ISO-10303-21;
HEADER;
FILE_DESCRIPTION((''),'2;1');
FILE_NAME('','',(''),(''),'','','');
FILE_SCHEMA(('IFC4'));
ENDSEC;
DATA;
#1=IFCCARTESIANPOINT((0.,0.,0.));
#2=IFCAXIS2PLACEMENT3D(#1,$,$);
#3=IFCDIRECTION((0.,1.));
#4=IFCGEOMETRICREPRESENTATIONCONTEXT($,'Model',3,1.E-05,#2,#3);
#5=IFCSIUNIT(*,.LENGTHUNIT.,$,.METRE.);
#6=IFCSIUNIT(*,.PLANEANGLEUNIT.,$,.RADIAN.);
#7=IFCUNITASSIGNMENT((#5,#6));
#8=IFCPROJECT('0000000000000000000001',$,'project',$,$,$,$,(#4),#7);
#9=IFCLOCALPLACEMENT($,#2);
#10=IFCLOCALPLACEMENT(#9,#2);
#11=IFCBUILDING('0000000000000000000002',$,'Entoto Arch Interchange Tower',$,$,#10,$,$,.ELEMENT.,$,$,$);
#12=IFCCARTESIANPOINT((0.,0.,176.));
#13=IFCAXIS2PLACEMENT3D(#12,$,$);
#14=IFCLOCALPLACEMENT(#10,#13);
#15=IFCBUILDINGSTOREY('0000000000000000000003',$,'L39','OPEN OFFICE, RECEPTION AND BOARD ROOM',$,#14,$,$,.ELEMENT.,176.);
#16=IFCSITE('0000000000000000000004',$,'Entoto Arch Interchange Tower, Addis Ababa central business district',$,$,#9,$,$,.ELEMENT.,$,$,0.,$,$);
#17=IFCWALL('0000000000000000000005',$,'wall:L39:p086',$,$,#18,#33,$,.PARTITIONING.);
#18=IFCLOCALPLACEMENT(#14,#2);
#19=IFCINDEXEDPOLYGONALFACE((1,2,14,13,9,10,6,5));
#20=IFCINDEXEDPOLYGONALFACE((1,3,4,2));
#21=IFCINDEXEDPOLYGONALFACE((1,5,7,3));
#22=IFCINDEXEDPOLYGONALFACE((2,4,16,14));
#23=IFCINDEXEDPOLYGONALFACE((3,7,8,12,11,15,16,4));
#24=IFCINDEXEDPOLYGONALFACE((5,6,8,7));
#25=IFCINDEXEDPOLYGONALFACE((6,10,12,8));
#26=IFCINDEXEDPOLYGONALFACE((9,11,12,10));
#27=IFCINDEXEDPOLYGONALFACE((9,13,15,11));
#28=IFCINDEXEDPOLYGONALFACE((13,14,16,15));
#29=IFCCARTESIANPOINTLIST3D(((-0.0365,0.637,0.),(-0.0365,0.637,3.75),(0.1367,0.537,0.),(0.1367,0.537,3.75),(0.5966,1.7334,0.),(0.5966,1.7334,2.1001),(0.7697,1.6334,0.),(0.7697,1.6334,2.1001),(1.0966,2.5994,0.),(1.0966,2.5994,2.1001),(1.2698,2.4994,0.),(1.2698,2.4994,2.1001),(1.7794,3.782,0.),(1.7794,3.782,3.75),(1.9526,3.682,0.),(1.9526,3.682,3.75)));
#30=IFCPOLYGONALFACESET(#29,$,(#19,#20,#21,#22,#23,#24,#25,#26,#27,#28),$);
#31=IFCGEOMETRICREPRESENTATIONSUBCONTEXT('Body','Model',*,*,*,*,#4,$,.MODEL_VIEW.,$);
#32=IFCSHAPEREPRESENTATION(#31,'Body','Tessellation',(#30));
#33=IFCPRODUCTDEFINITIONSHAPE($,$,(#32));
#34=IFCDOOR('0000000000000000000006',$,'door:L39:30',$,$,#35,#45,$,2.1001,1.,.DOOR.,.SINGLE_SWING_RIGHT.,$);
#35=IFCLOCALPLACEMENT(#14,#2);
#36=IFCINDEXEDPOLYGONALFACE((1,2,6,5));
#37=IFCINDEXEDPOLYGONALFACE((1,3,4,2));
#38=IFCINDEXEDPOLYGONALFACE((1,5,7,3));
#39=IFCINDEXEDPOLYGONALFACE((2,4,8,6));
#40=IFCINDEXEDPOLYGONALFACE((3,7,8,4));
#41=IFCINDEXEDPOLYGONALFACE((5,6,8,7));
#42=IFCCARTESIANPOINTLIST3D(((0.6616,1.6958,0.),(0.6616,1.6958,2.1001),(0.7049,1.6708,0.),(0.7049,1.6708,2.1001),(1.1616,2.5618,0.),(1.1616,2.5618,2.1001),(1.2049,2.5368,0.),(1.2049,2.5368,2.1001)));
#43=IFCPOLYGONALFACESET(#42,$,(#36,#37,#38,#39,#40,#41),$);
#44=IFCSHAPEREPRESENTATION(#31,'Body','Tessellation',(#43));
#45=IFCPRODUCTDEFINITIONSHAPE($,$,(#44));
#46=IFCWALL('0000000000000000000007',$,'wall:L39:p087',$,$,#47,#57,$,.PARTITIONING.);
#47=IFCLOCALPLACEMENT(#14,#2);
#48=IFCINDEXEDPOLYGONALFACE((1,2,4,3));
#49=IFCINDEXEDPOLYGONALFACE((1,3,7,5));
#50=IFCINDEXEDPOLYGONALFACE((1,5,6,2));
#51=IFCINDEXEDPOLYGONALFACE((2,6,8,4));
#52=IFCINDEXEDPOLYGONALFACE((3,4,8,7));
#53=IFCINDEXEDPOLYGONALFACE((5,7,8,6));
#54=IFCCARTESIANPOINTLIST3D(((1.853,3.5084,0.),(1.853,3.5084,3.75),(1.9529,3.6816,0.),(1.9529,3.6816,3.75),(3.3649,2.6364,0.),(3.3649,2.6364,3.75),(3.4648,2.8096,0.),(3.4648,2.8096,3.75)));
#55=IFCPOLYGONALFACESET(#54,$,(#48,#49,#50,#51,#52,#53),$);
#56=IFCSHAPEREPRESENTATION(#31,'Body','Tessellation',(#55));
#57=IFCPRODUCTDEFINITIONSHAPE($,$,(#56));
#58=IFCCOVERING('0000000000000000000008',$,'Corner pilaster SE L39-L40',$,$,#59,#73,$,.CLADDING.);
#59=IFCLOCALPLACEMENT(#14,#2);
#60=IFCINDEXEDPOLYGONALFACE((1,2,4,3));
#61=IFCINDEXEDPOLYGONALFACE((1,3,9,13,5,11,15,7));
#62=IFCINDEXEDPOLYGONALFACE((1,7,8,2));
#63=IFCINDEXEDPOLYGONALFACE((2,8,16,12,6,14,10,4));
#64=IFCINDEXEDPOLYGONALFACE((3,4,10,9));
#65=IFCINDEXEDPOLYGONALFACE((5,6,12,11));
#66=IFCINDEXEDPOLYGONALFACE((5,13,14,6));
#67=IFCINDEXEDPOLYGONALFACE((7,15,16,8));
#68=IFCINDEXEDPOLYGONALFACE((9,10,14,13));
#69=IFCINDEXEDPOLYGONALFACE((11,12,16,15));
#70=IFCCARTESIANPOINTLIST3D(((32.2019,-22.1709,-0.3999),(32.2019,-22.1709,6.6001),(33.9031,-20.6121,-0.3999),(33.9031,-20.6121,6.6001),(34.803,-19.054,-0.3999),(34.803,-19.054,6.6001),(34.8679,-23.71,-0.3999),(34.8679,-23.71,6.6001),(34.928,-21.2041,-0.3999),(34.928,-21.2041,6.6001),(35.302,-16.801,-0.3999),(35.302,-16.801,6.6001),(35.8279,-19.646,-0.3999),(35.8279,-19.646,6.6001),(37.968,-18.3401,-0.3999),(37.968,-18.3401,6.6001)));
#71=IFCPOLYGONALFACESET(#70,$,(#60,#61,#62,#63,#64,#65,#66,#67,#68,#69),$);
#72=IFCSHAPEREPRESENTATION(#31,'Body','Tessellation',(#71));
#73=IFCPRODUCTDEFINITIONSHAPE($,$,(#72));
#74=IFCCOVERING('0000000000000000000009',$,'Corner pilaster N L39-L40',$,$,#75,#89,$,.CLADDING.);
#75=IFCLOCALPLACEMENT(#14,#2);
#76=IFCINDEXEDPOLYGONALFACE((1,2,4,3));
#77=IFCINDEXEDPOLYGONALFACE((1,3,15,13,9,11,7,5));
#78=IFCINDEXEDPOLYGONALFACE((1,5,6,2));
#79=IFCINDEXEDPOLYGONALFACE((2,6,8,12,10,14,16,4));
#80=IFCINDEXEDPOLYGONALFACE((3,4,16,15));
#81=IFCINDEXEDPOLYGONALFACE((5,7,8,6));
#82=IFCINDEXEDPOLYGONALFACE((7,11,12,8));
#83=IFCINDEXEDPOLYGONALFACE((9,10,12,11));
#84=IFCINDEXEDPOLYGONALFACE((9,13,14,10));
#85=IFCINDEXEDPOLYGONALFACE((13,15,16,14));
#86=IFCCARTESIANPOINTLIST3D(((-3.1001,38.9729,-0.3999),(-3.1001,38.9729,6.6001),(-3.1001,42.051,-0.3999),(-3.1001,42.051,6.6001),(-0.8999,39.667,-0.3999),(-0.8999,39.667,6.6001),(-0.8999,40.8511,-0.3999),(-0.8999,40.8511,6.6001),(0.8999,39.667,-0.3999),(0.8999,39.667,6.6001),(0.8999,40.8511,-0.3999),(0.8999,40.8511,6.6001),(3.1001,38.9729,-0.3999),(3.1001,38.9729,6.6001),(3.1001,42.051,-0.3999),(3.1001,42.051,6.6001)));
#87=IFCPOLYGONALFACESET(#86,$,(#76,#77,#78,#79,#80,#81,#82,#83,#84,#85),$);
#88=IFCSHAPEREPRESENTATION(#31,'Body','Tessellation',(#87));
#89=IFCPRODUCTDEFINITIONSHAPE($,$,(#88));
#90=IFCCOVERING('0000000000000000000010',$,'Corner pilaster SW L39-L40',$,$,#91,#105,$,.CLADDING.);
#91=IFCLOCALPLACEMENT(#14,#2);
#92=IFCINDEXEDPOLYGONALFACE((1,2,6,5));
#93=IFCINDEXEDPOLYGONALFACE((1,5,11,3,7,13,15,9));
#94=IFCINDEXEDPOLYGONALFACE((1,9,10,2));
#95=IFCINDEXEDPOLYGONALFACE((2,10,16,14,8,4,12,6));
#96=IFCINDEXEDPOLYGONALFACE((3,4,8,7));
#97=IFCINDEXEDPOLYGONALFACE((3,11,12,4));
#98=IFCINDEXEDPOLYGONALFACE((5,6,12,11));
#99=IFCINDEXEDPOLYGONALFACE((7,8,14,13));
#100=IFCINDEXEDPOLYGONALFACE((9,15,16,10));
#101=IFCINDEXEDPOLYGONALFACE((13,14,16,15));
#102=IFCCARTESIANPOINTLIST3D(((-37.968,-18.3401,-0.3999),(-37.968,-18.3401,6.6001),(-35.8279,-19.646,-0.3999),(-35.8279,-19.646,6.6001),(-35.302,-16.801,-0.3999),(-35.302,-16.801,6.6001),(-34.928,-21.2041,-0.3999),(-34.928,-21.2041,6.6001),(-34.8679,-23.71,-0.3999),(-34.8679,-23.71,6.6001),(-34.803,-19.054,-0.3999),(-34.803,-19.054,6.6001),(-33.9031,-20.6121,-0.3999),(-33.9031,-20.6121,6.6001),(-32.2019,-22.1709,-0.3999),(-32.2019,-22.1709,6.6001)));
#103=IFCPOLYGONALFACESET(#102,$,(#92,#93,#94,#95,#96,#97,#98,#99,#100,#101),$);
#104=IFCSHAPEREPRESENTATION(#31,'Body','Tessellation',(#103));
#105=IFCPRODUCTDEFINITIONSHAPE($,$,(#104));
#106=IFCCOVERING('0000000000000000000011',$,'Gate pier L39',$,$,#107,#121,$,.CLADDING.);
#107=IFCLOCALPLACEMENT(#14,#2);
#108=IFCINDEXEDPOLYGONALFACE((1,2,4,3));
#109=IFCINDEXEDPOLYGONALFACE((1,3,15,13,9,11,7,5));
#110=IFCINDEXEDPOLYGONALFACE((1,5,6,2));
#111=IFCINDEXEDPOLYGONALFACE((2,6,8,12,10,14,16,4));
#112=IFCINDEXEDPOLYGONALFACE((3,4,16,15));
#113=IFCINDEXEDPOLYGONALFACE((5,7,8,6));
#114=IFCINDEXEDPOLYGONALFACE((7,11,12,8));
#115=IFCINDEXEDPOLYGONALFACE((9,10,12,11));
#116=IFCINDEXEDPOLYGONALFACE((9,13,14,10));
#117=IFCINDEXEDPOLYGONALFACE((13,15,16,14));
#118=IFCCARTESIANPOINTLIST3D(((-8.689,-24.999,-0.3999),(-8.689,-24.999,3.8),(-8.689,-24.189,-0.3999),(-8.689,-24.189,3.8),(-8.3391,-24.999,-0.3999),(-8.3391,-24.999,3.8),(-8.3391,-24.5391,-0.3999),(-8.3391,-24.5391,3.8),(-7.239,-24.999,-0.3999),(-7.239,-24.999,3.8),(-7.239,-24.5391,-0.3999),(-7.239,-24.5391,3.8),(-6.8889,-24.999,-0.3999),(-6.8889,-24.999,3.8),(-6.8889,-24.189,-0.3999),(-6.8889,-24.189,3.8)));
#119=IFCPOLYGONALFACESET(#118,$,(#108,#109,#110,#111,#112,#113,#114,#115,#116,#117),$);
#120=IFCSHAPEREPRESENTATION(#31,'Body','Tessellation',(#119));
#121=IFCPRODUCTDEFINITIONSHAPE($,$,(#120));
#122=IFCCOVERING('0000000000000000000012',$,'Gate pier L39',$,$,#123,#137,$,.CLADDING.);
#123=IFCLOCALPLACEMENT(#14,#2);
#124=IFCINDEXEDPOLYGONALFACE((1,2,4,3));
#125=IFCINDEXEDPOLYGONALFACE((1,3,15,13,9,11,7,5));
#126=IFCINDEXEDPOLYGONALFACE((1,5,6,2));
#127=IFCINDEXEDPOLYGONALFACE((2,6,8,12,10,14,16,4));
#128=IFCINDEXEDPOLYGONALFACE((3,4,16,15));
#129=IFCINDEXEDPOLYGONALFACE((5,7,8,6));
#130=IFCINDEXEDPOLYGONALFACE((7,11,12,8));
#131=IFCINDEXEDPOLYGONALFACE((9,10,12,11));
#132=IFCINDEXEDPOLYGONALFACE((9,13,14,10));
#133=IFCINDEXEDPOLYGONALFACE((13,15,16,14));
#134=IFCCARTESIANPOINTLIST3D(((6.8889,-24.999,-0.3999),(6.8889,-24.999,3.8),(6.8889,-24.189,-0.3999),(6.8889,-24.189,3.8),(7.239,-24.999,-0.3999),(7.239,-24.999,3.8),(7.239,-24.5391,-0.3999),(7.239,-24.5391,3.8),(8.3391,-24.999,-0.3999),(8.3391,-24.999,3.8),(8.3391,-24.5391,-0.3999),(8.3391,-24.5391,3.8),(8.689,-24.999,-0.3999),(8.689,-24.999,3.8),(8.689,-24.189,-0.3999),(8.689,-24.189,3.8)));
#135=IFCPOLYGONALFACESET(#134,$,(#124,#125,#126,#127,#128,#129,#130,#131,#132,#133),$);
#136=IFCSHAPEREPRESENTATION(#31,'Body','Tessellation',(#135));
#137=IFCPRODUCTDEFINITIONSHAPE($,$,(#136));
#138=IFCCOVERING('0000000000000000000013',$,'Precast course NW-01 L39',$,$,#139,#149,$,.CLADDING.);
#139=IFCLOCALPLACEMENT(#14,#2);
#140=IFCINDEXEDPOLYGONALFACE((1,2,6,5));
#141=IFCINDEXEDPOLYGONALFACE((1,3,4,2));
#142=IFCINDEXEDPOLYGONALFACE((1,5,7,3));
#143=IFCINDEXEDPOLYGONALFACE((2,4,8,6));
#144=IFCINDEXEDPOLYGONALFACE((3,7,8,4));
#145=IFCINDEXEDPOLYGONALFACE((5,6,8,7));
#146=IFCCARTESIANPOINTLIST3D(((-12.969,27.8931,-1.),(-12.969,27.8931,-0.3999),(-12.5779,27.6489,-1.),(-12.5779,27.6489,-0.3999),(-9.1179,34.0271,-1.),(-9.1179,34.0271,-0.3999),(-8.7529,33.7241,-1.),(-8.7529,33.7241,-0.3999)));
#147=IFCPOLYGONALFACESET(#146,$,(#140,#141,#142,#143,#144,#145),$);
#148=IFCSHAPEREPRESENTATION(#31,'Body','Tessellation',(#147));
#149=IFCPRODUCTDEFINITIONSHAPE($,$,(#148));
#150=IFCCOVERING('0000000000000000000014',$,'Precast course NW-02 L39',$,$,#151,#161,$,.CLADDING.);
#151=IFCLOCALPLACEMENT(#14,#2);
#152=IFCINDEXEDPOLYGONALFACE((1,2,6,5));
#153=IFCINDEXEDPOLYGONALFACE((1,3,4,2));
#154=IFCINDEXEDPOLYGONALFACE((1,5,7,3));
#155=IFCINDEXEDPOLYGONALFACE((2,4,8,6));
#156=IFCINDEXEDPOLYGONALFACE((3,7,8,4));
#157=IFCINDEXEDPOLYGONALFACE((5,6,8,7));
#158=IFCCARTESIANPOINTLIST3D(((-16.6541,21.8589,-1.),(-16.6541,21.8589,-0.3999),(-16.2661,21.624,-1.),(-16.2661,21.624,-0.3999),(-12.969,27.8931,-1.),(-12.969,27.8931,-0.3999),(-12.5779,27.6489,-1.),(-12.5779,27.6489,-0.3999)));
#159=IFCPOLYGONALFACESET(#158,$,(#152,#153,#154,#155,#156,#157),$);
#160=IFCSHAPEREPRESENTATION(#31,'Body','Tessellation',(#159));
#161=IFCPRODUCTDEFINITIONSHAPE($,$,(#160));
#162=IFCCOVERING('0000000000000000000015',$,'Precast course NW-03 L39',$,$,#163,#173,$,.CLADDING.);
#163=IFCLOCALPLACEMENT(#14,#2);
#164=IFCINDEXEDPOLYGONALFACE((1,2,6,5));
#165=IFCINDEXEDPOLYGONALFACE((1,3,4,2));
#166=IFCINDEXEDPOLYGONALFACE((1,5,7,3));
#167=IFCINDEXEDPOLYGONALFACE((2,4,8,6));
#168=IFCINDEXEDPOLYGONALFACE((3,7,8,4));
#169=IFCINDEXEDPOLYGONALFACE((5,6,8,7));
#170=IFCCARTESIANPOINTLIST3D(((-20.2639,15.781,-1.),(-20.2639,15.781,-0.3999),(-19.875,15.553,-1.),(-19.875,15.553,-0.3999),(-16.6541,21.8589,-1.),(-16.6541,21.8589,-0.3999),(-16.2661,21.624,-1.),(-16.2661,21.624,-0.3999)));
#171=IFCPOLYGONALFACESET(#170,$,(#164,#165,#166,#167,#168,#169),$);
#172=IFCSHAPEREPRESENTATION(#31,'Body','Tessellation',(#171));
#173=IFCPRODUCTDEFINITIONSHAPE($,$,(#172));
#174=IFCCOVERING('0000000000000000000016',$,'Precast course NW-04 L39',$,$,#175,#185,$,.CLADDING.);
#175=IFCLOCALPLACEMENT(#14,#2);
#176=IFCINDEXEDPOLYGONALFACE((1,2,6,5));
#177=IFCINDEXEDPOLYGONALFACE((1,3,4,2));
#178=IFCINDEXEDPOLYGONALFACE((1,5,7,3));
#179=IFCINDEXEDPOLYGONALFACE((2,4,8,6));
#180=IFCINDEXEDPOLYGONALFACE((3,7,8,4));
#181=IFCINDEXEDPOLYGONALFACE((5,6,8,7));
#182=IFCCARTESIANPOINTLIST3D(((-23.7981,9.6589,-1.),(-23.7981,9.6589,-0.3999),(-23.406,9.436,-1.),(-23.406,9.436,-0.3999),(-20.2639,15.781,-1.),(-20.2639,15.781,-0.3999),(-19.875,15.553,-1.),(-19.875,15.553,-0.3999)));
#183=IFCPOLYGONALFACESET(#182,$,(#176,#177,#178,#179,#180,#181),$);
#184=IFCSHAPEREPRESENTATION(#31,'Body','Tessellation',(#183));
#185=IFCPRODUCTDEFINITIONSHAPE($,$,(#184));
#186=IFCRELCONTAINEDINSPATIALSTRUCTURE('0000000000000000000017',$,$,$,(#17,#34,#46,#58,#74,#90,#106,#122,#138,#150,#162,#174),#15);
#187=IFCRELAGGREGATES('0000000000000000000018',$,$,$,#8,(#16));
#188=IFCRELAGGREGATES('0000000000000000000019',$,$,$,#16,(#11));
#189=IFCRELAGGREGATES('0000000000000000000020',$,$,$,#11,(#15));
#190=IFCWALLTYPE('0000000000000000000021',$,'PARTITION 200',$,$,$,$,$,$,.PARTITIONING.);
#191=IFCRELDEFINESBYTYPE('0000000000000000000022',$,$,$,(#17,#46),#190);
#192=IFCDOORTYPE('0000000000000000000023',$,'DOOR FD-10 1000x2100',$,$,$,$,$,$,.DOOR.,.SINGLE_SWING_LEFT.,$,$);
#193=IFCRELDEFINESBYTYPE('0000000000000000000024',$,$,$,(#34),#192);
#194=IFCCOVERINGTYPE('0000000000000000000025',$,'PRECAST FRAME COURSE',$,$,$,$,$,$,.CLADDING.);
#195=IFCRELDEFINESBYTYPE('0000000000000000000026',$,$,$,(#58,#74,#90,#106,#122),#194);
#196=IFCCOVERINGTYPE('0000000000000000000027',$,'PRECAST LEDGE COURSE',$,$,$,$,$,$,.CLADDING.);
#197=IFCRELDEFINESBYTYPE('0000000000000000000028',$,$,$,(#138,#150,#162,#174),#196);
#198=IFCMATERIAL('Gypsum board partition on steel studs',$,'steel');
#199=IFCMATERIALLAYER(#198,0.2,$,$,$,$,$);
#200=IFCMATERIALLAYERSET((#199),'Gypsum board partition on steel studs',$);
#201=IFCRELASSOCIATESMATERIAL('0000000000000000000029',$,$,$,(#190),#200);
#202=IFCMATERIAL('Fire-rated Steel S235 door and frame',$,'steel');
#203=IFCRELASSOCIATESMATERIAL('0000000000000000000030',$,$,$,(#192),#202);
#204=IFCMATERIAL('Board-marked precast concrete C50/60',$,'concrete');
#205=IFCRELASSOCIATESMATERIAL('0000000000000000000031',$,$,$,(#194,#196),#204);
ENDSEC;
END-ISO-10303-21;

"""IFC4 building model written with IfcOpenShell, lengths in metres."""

from ifc_helpers import new_model, si_unit, direction, frame, frame_2d, origin, place, context, subcontext, project, spatial, polyline, rectangle, outline, extrude, material, layer, layer_set, type_object, element, fill, save


model = new_model("IFC4")

# Units and contexts
model_context = context("Model", 3, precision=1e-05, world=origin(), true_north=direction((0.0, 1.0)))
body_context = subcontext(model_context, "Body", "Model", "MODEL_VIEW")
ifc_project = project(units=[si_unit("LENGTHUNIT", "METRE"), si_unit("PLANEANGLEUNIT", "RADIAN")], contexts=[model_context])

# Site, building, storey
site_placement = place(None, origin())
site = spatial("IfcSite", under=ifc_project, at=site_placement, Name="Entoto Arch Interchange Tower, Addis Ababa central business district", CompositionType="ELEMENT", RefElevation=0.0)
building_placement = place(site_placement, origin())
building = spatial("IfcBuilding", under=site, at=building_placement, Name="Entoto Arch Interchange Tower", CompositionType="ELEMENT")
storey_placement = place(building_placement, frame((0.0, 0.0, 176.0)))
storey = spatial("IfcBuildingStorey", under=building, at=storey_placement, Name="L39", Description="OPEN OFFICE, RECEPTION AND BOARD ROOM", CompositionType="ELEMENT", Elevation=176.0)

# Shared definitions
ifc_material_1 = material(Name="Board-marked precast concrete C50/60", Category="concrete")

# Wall, opening, door
ifc_material_2 = material(Name="Gypsum board partition on steel studs", Category="steel")
ifc_layer_1 = layer(ifc_material_2, 0.2)
ifc_layer_set_1 = layer_set([ifc_layer_1], Name="Gypsum board partition on steel studs")
wall_type = type_object("IfcWallType", Name="PARTITION 200", PredefinedType="PARTITIONING", material=ifc_layer_set_1)
wall_1_placement = place(storey_placement, frame((0.05, 0.5869, 0.0), z_axis=(0.0, 0.0, 1.0), x_axis=(0.500029, 0.866009, 0.0)))
wall_1 = element("IfcWall", 1, at=wall_1_placement, inside=storey, type_object=wall_type, Name="wall:L39:p086", PredefinedType="PARTITIONING", context=body_context, shape_type="SweptSolid", body=[
    extrude(rectangle(XDim=3.6316, YDim=0.2, at=frame_2d((1.8159, 0.0))), origin(), (0.0, 0.0, 1.0), 3.75),
])
opening_placement = place(wall_1_placement, frame((1.2661, 0.0, 0.0)))
opening = element("IfcOpeningElement", 2, at=opening_placement, cuts=wall_1, PredefinedType="OPENING", context=body_context, shape_type="SweptSolid", body=[
    extrude(rectangle(XDim=1.0, YDim=2.1001, at=frame_2d((0.5, 1.05))), frame((0.0, 0.1099, 0.0), z_axis=(0.0, -1.0, 0.0), x_axis=(1.0, 0.0, 0.0)), (0.0, 0.0, 1.0), 0.22),
])
ifc_material_3 = material(Name="Fire-rated Steel S235 door and frame", Category="steel")
door_type = type_object("IfcDoorType", Name="DOOR FD-10 1000x2100", OperationType="SINGLE_SWING_LEFT", PredefinedType="DOOR", material=ifc_material_3)
door_placement = place(opening_placement, origin())
door = element("IfcDoor", 3, at=door_placement, inside=storey, type_object=door_type, Name="door:L39:30", OperationType="SINGLE_SWING_RIGHT", OverallHeight=2.1001, OverallWidth=1.0, PredefinedType="DOOR", context=body_context, shape_type="SweptSolid", body=[
    extrude(rectangle(XDim=1.0, YDim=2.1001, at=frame_2d((0.5, 1.05))), frame((0.0, 0.0249, 0.0), z_axis=(0.0, -1.0, 0.0), x_axis=(1.0, 0.0, 0.0)), (0.0, 0.0, 1.0), 0.05),
])
fill(opening, door)

# Wall
wall_2_placement = place(storey_placement, frame((1.9031, 3.595, 0.0), z_axis=(0.0, 0.0, 1.0), x_axis=(0.866239, -0.49963, 0.0)))
element("IfcWall", 4, at=wall_2_placement, inside=storey, type_object=wall_type, Name="wall:L39:p087", PredefinedType="PARTITIONING", context=body_context, shape_type="SweptSolid", body=[
    extrude(rectangle(XDim=1.7454, YDim=0.2, at=frame_2d((0.8726, 0.0))), origin(), (0.0, 0.0, 1.0), 3.75),
])

# Coverings
covering_type_1 = type_object("IfcCoveringType", Name="PRECAST FRAME COURSE", PredefinedType="CLADDING", material=ifc_material_1)
covering_1_placement = place(storey_placement, frame((0.0, 0.0, -0.3999)))
element("IfcCovering", 5, at=covering_1_placement, inside=storey, type_object=covering_type_1, Name="Corner pilaster SE L39-L40", PredefinedType="CLADDING", context=body_context, shape_type="SweptSolid", body=[
    extrude(outline(polyline([(37.968, -18.3401), (34.8679, -23.71), (32.2019, -22.1709), (33.9031, -20.6121), (34.928, -21.2041), (35.8279, -19.646), (34.803, -19.054), (35.302, -16.801), (37.968, -18.3401)])), origin(), (0.0, 0.0, 1.0), 7.0),
])
covering_2_placement = place(storey_placement, frame((0.0, 0.0, -0.3999)))
element("IfcCovering", 6, at=covering_2_placement, inside=storey, type_object=covering_type_1, Name="Corner pilaster N L39-L40", PredefinedType="CLADDING", context=body_context, shape_type="SweptSolid", body=[
    extrude(outline(polyline([(-3.1001, 42.051), (3.1001, 42.051), (3.1001, 38.9729), (0.8999, 39.667), (0.8999, 40.8511), (-0.8999, 40.8511), (-0.8999, 39.667), (-3.1001, 38.9729), (-3.1001, 42.051)])), origin(), (0.0, 0.0, 1.0), 7.0),
])
covering_3_placement = place(storey_placement, frame((0.0, 0.0, -0.3999)))
element("IfcCovering", 7, at=covering_3_placement, inside=storey, type_object=covering_type_1, Name="Corner pilaster SW L39-L40", PredefinedType="CLADDING", context=body_context, shape_type="SweptSolid", body=[
    extrude(outline(polyline([(-34.8679, -23.71), (-37.968, -18.3401), (-35.302, -16.801), (-34.803, -19.054), (-35.8279, -19.646), (-34.928, -21.2041), (-33.9031, -20.6121), (-32.2019, -22.1709), (-34.8679, -23.71)])), origin(), (0.0, 0.0, 1.0), 7.0),
])
covering_4_placement = place(storey_placement, frame((0.0, 0.0, -0.3999)))
element("IfcCovering", 8, at=covering_4_placement, inside=storey, type_object=covering_type_1, Name="Gate pier L39", PredefinedType="CLADDING", context=body_context, shape_type="SweptSolid", body=[
    extrude(outline(polyline([(-8.689, -24.189), (-6.8889, -24.189), (-6.8889, -24.999), (-7.239, -24.999), (-7.239, -24.5391), (-8.3391, -24.5391), (-8.3391, -24.999), (-8.689, -24.999), (-8.689, -24.189)])), origin(), (0.0, 0.0, 1.0), 4.2),
])
covering_5_placement = place(storey_placement, frame((0.0, 0.0, -0.3999)))
element("IfcCovering", 9, at=covering_5_placement, inside=storey, type_object=covering_type_1, Name="Gate pier L39", PredefinedType="CLADDING", context=body_context, shape_type="SweptSolid", body=[
    extrude(outline(polyline([(6.8889, -24.189), (8.689, -24.189), (8.689, -24.999), (8.3391, -24.999), (8.3391, -24.5391), (7.239, -24.5391), (7.239, -24.999), (6.8889, -24.999), (6.8889, -24.189)])), origin(), (0.0, 0.0, 1.0), 4.2),
])
covering_type_2 = type_object("IfcCoveringType", Name="PRECAST LEDGE COURSE", PredefinedType="CLADDING", material=ifc_material_1)
covering_6_placement = place(storey_placement, frame((0.0, 0.0, -1.0)))
element("IfcCovering", 10, at=covering_6_placement, inside=storey, type_object=covering_type_2, Name="Precast course NW-01 L39", PredefinedType="CLADDING", context=body_context, shape_type="SweptSolid", body=[
    extrude(outline(polyline([(-12.5779, 27.6489), (-12.969, 27.8931), (-9.1179, 34.0271), (-8.7529, 33.7241), (-12.5779, 27.6489)])), origin(), (0.0, 0.0, 1.0), 0.6001),
])
covering_7_placement = place(storey_placement, frame((0.0, 0.0, -1.0)))
element("IfcCovering", 11, at=covering_7_placement, inside=storey, type_object=covering_type_2, Name="Precast course NW-02 L39", PredefinedType="CLADDING", context=body_context, shape_type="SweptSolid", body=[
    extrude(outline(polyline([(-16.2661, 21.624), (-16.6541, 21.8589), (-12.969, 27.8931), (-12.5779, 27.6489), (-16.2661, 21.624)])), origin(), (0.0, 0.0, 1.0), 0.6001),
])
covering_8_placement = place(storey_placement, frame((0.0, 0.0, -1.0)))
element("IfcCovering", 12, at=covering_8_placement, inside=storey, type_object=covering_type_2, Name="Precast course NW-03 L39", PredefinedType="CLADDING", context=body_context, shape_type="SweptSolid", body=[
    extrude(outline(polyline([(-19.875, 15.553), (-20.2639, 15.781), (-16.6541, 21.8589), (-16.2661, 21.624), (-19.875, 15.553)])), origin(), (0.0, 0.0, 1.0), 0.6001),
])
covering_9_placement = place(storey_placement, frame((0.0, 0.0, -1.0)))
element("IfcCovering", 13, at=covering_9_placement, inside=storey, type_object=covering_type_2, Name="Precast course NW-04 L39", PredefinedType="CLADDING", context=body_context, shape_type="SweptSolid", body=[
    extrude(outline(polyline([(-23.406, 9.436), (-23.7981, 9.6589), (-20.2639, 15.781), (-19.875, 15.553), (-23.406, 9.436)])), origin(), (0.0, 0.0, 1.0), 0.6001),
])

save(model, "model.ifc")
